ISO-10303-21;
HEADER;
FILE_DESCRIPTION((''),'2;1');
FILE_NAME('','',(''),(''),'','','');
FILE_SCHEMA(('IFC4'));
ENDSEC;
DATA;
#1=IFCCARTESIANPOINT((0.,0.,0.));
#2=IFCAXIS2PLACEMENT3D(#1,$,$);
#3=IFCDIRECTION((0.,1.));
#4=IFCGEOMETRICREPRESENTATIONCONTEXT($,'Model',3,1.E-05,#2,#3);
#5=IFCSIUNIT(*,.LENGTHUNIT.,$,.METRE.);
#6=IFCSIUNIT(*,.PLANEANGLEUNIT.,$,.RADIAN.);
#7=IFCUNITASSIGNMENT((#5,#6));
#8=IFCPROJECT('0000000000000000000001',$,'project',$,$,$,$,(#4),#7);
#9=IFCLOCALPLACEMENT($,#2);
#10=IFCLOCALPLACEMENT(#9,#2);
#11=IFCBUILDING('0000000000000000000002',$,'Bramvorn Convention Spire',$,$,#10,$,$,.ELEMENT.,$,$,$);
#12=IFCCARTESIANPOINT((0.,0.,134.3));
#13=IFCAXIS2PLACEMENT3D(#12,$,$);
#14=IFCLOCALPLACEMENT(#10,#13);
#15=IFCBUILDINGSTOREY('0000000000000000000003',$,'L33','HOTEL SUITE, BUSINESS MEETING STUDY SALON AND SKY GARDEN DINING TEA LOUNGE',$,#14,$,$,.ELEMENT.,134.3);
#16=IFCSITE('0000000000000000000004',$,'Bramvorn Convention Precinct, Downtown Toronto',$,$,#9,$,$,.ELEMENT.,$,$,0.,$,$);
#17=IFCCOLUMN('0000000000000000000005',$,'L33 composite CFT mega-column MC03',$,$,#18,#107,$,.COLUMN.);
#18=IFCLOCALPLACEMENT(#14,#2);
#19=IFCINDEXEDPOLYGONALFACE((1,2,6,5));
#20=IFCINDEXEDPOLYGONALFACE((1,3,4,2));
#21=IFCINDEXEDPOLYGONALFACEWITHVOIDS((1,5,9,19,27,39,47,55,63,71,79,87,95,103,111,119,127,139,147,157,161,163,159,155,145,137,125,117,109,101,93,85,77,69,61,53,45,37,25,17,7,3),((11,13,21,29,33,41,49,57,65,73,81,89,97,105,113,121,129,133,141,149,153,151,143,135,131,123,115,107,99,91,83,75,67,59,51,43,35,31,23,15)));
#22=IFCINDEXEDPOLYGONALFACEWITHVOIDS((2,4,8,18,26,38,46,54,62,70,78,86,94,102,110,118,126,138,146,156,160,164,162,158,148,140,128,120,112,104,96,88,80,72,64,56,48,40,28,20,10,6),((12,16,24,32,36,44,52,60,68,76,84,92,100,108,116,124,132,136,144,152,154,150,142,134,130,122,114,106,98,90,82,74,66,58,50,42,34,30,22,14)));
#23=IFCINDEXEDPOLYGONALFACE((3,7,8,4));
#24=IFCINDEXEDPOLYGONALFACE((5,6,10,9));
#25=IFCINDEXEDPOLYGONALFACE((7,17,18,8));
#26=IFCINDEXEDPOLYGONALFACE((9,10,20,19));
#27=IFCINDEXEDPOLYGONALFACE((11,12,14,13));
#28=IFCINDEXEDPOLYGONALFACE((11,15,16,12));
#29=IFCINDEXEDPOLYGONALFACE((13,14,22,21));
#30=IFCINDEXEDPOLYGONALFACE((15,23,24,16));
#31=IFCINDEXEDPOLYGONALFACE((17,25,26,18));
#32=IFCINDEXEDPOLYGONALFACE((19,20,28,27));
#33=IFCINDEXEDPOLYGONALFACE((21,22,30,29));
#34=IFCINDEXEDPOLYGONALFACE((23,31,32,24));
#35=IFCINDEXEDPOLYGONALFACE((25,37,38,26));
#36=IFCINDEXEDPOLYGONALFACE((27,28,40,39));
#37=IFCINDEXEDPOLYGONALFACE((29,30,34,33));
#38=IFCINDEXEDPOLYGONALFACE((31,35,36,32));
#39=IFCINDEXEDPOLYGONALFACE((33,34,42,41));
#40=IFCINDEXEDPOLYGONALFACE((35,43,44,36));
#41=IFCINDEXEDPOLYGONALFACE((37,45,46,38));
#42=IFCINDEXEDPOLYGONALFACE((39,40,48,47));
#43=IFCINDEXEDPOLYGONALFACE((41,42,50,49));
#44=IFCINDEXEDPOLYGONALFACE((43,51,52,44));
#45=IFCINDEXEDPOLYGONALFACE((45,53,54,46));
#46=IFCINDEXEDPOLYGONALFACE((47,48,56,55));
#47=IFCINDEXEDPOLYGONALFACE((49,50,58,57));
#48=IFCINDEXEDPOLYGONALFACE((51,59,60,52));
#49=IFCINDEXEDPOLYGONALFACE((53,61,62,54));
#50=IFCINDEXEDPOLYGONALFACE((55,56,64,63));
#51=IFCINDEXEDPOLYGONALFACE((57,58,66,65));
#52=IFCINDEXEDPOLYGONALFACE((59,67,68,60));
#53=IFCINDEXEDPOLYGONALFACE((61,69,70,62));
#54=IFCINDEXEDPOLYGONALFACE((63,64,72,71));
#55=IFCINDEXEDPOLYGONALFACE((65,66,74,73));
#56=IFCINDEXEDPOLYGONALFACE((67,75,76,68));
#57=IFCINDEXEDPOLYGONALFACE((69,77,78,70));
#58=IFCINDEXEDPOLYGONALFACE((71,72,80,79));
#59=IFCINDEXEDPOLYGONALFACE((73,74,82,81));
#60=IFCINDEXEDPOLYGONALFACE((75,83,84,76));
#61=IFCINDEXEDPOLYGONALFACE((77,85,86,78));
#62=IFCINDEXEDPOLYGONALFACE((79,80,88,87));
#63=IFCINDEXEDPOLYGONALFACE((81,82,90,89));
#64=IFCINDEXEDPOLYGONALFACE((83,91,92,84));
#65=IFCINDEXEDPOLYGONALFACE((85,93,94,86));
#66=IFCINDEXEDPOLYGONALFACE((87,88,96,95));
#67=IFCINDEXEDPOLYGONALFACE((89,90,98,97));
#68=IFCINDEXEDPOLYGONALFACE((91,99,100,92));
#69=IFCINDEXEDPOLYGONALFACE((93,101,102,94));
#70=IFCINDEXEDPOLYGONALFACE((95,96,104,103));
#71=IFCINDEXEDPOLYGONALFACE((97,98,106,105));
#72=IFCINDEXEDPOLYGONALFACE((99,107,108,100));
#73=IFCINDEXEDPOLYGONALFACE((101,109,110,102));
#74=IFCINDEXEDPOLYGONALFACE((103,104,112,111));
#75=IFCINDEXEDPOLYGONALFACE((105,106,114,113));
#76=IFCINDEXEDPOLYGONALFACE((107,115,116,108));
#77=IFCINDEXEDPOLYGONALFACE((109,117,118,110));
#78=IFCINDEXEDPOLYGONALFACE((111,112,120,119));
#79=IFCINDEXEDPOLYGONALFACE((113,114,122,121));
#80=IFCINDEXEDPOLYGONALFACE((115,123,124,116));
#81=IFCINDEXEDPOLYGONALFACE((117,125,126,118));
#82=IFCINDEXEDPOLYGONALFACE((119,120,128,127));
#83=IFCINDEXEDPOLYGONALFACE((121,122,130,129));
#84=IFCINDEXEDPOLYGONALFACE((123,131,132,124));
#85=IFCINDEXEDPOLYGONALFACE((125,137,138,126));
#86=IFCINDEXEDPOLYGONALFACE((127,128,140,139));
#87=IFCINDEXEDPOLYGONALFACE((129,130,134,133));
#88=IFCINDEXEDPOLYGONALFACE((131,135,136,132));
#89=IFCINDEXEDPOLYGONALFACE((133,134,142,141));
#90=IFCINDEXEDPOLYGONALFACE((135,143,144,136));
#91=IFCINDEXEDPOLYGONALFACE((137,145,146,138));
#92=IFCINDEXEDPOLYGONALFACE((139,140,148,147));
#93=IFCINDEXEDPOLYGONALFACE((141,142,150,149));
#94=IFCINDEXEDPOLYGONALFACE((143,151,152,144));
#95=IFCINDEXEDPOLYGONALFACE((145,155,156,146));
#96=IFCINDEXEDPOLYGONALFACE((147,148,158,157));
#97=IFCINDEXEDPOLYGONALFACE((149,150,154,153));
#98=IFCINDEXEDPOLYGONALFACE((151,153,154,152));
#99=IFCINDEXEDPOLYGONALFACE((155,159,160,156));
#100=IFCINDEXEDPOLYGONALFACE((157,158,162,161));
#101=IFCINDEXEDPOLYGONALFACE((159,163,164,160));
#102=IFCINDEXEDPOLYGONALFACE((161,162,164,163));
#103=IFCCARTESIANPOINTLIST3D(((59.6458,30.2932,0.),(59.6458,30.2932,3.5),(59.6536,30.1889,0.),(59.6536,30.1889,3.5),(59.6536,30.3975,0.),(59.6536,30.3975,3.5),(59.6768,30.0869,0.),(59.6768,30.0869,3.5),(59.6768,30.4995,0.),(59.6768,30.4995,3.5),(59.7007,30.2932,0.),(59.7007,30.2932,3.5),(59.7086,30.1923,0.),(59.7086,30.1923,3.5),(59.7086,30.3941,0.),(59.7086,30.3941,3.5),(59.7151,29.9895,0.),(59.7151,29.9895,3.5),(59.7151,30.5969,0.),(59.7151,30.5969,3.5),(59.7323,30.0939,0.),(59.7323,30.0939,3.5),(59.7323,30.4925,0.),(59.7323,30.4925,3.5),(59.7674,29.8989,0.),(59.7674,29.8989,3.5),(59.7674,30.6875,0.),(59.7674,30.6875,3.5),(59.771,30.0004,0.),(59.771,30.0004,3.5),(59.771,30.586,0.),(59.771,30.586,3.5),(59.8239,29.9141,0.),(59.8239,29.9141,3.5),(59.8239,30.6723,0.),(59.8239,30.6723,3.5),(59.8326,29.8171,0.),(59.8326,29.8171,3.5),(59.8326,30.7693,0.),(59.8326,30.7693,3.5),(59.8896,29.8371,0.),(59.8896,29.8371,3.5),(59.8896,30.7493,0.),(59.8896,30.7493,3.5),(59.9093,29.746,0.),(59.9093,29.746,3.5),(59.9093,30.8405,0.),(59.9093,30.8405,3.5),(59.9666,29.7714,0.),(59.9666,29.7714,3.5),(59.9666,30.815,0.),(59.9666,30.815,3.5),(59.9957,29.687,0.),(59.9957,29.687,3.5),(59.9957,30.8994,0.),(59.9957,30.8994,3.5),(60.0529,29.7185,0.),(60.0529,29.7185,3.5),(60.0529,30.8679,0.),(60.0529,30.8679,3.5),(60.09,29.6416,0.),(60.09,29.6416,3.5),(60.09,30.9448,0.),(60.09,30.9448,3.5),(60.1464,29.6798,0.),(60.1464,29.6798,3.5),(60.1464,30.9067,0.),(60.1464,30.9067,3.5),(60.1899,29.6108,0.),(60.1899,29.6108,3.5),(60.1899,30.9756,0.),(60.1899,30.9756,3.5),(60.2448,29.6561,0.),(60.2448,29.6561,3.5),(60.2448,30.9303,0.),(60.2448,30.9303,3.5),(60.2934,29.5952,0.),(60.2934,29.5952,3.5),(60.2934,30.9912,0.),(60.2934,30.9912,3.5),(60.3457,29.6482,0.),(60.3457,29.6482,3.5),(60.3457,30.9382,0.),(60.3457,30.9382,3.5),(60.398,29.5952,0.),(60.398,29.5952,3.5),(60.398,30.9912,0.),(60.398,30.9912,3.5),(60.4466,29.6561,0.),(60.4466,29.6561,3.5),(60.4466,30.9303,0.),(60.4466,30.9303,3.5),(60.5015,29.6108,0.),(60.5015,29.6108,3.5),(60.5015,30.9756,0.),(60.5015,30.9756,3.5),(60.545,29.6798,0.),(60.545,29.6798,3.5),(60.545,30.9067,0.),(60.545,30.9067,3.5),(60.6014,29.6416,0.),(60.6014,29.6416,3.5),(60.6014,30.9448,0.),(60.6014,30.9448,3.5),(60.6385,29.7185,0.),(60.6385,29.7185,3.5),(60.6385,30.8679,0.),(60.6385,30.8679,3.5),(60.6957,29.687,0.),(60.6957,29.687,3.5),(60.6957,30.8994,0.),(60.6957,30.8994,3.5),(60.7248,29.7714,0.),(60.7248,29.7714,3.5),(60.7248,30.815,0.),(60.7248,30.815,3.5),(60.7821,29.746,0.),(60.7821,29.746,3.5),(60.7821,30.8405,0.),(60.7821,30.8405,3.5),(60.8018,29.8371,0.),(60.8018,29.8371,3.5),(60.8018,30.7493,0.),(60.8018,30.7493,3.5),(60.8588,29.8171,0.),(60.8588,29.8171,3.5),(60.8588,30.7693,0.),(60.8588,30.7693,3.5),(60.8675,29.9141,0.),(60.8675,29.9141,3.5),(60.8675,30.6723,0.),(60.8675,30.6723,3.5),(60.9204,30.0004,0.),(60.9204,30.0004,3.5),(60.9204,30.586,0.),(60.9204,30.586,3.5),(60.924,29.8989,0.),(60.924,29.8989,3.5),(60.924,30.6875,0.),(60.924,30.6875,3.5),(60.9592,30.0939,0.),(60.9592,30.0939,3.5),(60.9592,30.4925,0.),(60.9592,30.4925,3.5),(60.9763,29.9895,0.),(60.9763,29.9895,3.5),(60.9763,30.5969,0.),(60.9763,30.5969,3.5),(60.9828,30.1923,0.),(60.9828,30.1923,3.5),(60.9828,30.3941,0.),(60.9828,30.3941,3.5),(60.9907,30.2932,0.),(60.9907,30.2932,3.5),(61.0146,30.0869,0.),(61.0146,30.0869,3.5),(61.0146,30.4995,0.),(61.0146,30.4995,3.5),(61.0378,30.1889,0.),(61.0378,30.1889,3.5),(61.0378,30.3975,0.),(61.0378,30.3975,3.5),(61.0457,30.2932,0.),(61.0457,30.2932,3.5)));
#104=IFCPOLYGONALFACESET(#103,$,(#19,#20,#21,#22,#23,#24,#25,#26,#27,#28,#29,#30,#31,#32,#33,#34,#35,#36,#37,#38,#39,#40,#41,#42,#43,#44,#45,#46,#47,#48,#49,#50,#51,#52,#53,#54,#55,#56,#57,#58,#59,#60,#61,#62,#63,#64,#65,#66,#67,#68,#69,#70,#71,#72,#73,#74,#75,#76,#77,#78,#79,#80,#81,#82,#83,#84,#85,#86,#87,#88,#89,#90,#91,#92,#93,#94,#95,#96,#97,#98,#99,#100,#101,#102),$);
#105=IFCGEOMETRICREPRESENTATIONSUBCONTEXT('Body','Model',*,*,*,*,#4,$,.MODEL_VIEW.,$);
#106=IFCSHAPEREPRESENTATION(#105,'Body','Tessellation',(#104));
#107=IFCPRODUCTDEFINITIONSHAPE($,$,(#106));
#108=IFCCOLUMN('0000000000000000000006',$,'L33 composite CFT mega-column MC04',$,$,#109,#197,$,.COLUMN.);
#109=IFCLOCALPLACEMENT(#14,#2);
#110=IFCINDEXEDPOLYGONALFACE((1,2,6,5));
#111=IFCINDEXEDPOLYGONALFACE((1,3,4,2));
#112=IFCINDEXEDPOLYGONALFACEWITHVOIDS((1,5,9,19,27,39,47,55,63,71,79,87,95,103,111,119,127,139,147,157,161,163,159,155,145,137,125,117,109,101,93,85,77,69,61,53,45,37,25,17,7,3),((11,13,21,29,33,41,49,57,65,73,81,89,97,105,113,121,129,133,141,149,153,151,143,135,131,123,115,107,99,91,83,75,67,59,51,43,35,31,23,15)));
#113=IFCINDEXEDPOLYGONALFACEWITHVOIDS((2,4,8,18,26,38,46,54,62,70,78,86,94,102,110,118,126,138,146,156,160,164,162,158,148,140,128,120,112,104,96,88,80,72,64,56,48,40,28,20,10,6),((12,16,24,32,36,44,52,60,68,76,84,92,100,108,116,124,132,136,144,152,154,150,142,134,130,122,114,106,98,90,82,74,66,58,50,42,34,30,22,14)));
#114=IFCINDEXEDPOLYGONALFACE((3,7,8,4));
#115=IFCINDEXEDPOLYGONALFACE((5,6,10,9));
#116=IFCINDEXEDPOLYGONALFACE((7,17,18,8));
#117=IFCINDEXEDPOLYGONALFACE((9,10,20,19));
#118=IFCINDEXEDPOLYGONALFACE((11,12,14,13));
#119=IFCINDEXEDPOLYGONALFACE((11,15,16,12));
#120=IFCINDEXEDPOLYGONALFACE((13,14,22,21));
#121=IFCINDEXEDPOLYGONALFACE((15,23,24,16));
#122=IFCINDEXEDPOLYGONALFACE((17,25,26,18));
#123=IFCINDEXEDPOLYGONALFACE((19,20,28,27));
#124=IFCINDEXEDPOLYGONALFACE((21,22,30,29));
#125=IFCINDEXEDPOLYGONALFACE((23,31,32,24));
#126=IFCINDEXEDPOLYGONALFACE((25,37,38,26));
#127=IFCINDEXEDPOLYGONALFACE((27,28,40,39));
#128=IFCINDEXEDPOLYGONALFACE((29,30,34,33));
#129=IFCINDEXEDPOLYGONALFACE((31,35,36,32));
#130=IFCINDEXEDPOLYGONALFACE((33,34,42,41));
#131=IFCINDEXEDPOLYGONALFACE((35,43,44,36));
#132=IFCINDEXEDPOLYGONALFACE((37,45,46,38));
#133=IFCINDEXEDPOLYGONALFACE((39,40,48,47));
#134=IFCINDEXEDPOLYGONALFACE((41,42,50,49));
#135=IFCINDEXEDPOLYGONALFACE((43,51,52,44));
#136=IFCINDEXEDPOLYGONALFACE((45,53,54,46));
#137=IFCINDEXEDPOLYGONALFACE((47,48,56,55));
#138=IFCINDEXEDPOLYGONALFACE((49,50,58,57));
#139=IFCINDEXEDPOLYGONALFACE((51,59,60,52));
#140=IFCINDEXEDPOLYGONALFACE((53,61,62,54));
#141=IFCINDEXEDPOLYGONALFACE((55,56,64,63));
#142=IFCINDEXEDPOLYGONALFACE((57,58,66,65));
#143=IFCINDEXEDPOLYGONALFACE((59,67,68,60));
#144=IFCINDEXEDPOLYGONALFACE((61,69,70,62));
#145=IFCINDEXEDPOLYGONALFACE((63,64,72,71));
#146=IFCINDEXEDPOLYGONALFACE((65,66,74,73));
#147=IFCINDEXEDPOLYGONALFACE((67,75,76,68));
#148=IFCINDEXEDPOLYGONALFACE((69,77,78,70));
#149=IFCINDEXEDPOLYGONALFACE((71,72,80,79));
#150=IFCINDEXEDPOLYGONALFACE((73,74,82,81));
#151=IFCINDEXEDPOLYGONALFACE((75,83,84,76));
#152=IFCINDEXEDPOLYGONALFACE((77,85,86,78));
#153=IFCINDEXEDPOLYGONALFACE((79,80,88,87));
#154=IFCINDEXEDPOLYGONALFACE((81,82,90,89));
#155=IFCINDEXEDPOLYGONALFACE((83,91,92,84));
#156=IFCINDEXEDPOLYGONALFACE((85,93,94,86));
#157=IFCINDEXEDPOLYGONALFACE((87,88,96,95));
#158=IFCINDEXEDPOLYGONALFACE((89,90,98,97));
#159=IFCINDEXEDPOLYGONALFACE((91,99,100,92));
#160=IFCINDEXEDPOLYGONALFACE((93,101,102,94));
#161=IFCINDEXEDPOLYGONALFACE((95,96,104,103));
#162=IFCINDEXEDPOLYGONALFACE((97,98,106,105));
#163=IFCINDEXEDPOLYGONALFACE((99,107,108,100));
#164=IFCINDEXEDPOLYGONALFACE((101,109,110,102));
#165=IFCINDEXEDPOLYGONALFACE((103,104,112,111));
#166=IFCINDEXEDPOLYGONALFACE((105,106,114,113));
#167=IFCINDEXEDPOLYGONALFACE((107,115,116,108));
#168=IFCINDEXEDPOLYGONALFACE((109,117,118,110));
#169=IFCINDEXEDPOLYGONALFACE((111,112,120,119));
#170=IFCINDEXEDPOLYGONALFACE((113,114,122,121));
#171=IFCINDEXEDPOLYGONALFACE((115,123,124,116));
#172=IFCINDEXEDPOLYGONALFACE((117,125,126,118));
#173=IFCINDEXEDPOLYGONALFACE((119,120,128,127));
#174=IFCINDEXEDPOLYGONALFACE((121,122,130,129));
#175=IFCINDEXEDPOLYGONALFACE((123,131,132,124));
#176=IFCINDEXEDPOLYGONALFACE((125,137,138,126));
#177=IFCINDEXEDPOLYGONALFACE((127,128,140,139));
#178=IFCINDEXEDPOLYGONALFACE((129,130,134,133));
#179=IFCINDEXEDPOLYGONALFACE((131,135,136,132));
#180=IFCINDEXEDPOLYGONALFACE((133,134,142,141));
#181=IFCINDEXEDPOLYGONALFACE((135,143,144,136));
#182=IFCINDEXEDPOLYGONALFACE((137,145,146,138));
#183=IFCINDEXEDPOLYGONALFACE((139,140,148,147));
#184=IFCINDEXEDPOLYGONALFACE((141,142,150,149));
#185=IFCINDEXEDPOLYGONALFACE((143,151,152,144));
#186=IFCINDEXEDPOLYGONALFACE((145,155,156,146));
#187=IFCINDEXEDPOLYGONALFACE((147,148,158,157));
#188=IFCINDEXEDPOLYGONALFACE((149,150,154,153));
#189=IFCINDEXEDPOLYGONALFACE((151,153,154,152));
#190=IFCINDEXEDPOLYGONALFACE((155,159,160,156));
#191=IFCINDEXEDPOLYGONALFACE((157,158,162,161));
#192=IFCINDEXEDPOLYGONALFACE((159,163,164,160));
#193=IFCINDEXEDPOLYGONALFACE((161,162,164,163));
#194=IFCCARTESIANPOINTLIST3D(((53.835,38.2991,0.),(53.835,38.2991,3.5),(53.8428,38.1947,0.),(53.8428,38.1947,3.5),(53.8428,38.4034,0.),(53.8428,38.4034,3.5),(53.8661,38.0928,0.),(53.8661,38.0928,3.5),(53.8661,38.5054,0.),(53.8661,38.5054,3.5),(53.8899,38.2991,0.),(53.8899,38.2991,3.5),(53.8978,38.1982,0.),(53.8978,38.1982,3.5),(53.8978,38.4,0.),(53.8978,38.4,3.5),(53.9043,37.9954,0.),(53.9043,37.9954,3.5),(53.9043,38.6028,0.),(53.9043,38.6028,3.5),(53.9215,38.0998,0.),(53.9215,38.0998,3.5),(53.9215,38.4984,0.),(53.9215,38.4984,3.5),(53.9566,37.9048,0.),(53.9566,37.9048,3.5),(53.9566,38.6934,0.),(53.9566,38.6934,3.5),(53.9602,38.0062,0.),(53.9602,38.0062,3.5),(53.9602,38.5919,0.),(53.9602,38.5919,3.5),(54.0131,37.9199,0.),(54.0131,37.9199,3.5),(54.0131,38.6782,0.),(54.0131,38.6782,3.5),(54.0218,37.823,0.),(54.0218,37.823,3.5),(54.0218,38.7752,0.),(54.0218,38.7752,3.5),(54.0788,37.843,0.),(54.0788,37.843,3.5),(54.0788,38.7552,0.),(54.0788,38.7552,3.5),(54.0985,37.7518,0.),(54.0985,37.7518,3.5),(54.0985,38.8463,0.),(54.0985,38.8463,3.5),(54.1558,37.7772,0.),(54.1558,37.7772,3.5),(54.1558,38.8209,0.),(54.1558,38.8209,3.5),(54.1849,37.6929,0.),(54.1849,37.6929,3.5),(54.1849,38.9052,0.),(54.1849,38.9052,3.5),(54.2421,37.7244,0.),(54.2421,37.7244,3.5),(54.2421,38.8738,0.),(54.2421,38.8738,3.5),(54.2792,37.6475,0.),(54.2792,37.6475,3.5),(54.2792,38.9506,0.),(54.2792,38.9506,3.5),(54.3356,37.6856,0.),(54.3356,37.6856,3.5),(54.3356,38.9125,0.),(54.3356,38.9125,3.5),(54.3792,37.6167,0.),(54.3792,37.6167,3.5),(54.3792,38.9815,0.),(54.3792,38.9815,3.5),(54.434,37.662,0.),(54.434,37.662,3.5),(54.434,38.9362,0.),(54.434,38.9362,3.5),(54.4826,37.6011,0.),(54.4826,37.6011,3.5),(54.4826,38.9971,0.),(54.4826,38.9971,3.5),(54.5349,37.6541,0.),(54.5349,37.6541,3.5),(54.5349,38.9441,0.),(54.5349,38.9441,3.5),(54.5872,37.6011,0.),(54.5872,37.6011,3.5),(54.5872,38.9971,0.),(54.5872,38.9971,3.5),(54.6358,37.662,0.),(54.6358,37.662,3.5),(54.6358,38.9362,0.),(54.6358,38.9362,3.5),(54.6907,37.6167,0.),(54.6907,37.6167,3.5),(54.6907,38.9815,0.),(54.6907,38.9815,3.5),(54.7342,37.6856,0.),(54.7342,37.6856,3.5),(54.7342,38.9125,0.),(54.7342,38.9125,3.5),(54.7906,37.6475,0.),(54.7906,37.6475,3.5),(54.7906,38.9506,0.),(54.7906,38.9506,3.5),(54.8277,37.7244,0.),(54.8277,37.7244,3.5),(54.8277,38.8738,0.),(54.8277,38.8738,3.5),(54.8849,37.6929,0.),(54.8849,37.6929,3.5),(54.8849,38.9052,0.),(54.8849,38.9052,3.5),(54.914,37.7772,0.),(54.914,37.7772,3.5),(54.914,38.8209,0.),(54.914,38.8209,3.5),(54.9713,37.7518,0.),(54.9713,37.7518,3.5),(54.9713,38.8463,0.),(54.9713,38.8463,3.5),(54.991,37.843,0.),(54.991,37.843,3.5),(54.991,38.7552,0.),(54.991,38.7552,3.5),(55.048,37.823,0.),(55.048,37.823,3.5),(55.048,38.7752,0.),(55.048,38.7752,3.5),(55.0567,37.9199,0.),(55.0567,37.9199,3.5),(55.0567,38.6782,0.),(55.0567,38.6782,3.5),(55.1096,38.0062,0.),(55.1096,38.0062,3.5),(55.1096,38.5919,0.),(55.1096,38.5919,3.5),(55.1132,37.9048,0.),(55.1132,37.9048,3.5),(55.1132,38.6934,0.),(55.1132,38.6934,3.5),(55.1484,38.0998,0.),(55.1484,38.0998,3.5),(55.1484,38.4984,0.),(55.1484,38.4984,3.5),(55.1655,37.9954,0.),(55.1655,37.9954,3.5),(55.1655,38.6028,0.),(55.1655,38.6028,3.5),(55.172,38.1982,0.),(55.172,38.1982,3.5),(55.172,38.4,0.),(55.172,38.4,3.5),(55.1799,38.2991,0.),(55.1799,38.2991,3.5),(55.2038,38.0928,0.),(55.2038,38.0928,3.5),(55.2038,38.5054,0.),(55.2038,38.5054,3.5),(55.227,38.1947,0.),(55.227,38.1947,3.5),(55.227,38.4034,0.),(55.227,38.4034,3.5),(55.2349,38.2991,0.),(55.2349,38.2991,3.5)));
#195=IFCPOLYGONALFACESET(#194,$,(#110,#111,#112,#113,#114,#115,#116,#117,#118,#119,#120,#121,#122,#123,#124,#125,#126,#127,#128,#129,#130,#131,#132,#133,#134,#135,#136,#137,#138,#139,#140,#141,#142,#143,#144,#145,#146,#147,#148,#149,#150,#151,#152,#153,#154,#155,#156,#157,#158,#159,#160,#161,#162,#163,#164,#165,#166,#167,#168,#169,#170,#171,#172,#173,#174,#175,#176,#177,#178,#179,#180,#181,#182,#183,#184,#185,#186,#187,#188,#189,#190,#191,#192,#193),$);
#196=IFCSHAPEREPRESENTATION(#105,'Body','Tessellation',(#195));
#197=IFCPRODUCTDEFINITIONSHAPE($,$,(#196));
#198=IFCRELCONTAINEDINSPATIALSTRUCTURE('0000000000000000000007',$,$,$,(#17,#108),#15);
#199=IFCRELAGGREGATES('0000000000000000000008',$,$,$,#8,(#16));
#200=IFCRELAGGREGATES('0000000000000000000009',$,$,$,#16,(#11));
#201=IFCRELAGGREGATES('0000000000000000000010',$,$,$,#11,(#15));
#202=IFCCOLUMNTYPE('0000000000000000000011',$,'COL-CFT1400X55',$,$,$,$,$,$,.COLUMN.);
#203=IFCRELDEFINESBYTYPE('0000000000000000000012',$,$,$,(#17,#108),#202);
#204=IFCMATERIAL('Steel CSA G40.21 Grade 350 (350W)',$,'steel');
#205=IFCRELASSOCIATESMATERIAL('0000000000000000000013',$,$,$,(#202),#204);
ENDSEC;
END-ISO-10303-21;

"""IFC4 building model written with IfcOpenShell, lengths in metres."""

from ifc_helpers import new_model, si_unit, direction, frame, origin, origin_2d, place, context, subcontext, project, spatial, hollow_circle, extrude, material, material_profile, profile_set, type_object, element, save


model = new_model("IFC4")

# Units and contexts
model_context = context("Model", 3, precision=1e-05, world=origin(), true_north=direction((0.0, 1.0)))
body_context = subcontext(model_context, "Body", "Model", "MODEL_VIEW")
ifc_project = project(units=[si_unit("LENGTHUNIT", "METRE"), si_unit("PLANEANGLEUNIT", "RADIAN")], contexts=[model_context])

# Site, building, storey
site_placement = place(None, origin())
site = spatial("IfcSite", under=ifc_project, at=site_placement, Name="Bramvorn Convention Precinct, Downtown Toronto", CompositionType="ELEMENT", RefElevation=0.0)
building_placement = place(site_placement, origin())
building = spatial("IfcBuilding", under=site, at=building_placement, Name="Bramvorn Convention Spire", CompositionType="ELEMENT")
storey_placement = place(building_placement, frame((0.0, 0.0, 134.3)))
storey = spatial("IfcBuildingStorey", under=building, at=storey_placement, Name="L33", Description="HOTEL SUITE, BUSINESS MEETING STUDY SALON AND SKY GARDEN DINING TEA LOUNGE", CompositionType="ELEMENT", Elevation=134.3)

# Columns
ifc_material_1 = material(Name="Steel CSA G40.21 Grade 350 (350W)", Category="steel")
ifc_material_profile_1 = material_profile(ifc_material_1, hollow_circle(Radius=0.7, WallThickness=0.0549, at=origin_2d()))
ifc_profile_set_1 = profile_set([ifc_material_profile_1], Name="Steel CSA G40.21 Grade 350 (350W) - CFT1400X55")
column_type = type_object("IfcColumnType", Name="COL-CFT1400X55", PredefinedType="COLUMN", material=ifc_profile_set_1)
for number, where, z_axis, x_axis, name in (
    (1, (60.3457, 30.2932, 0.0), (0.0, 0.0, 1.0), (1.0, 0.0, 0.0), "L33 composite CFT mega-column MC03"),
    (2, (54.5349, 38.2991, 0.0), (0.0, 0.0, 1.0), (1.0, 0.0, 0.0), "L33 composite CFT mega-column MC04"),
):
    element("IfcColumn", number, at=place(storey_placement, frame(where, z_axis=z_axis, x_axis=x_axis)), inside=storey, type_object=column_type, Name=name, PredefinedType="COLUMN", context=body_context, shape_type="SweptSolid", body=[
        extrude(hollow_circle(Radius=0.7, WallThickness=0.0549, at=origin_2d()), origin(), (0.0, 0.0, 1.0), 3.5),
    ])

save(model, "model.ifc")
